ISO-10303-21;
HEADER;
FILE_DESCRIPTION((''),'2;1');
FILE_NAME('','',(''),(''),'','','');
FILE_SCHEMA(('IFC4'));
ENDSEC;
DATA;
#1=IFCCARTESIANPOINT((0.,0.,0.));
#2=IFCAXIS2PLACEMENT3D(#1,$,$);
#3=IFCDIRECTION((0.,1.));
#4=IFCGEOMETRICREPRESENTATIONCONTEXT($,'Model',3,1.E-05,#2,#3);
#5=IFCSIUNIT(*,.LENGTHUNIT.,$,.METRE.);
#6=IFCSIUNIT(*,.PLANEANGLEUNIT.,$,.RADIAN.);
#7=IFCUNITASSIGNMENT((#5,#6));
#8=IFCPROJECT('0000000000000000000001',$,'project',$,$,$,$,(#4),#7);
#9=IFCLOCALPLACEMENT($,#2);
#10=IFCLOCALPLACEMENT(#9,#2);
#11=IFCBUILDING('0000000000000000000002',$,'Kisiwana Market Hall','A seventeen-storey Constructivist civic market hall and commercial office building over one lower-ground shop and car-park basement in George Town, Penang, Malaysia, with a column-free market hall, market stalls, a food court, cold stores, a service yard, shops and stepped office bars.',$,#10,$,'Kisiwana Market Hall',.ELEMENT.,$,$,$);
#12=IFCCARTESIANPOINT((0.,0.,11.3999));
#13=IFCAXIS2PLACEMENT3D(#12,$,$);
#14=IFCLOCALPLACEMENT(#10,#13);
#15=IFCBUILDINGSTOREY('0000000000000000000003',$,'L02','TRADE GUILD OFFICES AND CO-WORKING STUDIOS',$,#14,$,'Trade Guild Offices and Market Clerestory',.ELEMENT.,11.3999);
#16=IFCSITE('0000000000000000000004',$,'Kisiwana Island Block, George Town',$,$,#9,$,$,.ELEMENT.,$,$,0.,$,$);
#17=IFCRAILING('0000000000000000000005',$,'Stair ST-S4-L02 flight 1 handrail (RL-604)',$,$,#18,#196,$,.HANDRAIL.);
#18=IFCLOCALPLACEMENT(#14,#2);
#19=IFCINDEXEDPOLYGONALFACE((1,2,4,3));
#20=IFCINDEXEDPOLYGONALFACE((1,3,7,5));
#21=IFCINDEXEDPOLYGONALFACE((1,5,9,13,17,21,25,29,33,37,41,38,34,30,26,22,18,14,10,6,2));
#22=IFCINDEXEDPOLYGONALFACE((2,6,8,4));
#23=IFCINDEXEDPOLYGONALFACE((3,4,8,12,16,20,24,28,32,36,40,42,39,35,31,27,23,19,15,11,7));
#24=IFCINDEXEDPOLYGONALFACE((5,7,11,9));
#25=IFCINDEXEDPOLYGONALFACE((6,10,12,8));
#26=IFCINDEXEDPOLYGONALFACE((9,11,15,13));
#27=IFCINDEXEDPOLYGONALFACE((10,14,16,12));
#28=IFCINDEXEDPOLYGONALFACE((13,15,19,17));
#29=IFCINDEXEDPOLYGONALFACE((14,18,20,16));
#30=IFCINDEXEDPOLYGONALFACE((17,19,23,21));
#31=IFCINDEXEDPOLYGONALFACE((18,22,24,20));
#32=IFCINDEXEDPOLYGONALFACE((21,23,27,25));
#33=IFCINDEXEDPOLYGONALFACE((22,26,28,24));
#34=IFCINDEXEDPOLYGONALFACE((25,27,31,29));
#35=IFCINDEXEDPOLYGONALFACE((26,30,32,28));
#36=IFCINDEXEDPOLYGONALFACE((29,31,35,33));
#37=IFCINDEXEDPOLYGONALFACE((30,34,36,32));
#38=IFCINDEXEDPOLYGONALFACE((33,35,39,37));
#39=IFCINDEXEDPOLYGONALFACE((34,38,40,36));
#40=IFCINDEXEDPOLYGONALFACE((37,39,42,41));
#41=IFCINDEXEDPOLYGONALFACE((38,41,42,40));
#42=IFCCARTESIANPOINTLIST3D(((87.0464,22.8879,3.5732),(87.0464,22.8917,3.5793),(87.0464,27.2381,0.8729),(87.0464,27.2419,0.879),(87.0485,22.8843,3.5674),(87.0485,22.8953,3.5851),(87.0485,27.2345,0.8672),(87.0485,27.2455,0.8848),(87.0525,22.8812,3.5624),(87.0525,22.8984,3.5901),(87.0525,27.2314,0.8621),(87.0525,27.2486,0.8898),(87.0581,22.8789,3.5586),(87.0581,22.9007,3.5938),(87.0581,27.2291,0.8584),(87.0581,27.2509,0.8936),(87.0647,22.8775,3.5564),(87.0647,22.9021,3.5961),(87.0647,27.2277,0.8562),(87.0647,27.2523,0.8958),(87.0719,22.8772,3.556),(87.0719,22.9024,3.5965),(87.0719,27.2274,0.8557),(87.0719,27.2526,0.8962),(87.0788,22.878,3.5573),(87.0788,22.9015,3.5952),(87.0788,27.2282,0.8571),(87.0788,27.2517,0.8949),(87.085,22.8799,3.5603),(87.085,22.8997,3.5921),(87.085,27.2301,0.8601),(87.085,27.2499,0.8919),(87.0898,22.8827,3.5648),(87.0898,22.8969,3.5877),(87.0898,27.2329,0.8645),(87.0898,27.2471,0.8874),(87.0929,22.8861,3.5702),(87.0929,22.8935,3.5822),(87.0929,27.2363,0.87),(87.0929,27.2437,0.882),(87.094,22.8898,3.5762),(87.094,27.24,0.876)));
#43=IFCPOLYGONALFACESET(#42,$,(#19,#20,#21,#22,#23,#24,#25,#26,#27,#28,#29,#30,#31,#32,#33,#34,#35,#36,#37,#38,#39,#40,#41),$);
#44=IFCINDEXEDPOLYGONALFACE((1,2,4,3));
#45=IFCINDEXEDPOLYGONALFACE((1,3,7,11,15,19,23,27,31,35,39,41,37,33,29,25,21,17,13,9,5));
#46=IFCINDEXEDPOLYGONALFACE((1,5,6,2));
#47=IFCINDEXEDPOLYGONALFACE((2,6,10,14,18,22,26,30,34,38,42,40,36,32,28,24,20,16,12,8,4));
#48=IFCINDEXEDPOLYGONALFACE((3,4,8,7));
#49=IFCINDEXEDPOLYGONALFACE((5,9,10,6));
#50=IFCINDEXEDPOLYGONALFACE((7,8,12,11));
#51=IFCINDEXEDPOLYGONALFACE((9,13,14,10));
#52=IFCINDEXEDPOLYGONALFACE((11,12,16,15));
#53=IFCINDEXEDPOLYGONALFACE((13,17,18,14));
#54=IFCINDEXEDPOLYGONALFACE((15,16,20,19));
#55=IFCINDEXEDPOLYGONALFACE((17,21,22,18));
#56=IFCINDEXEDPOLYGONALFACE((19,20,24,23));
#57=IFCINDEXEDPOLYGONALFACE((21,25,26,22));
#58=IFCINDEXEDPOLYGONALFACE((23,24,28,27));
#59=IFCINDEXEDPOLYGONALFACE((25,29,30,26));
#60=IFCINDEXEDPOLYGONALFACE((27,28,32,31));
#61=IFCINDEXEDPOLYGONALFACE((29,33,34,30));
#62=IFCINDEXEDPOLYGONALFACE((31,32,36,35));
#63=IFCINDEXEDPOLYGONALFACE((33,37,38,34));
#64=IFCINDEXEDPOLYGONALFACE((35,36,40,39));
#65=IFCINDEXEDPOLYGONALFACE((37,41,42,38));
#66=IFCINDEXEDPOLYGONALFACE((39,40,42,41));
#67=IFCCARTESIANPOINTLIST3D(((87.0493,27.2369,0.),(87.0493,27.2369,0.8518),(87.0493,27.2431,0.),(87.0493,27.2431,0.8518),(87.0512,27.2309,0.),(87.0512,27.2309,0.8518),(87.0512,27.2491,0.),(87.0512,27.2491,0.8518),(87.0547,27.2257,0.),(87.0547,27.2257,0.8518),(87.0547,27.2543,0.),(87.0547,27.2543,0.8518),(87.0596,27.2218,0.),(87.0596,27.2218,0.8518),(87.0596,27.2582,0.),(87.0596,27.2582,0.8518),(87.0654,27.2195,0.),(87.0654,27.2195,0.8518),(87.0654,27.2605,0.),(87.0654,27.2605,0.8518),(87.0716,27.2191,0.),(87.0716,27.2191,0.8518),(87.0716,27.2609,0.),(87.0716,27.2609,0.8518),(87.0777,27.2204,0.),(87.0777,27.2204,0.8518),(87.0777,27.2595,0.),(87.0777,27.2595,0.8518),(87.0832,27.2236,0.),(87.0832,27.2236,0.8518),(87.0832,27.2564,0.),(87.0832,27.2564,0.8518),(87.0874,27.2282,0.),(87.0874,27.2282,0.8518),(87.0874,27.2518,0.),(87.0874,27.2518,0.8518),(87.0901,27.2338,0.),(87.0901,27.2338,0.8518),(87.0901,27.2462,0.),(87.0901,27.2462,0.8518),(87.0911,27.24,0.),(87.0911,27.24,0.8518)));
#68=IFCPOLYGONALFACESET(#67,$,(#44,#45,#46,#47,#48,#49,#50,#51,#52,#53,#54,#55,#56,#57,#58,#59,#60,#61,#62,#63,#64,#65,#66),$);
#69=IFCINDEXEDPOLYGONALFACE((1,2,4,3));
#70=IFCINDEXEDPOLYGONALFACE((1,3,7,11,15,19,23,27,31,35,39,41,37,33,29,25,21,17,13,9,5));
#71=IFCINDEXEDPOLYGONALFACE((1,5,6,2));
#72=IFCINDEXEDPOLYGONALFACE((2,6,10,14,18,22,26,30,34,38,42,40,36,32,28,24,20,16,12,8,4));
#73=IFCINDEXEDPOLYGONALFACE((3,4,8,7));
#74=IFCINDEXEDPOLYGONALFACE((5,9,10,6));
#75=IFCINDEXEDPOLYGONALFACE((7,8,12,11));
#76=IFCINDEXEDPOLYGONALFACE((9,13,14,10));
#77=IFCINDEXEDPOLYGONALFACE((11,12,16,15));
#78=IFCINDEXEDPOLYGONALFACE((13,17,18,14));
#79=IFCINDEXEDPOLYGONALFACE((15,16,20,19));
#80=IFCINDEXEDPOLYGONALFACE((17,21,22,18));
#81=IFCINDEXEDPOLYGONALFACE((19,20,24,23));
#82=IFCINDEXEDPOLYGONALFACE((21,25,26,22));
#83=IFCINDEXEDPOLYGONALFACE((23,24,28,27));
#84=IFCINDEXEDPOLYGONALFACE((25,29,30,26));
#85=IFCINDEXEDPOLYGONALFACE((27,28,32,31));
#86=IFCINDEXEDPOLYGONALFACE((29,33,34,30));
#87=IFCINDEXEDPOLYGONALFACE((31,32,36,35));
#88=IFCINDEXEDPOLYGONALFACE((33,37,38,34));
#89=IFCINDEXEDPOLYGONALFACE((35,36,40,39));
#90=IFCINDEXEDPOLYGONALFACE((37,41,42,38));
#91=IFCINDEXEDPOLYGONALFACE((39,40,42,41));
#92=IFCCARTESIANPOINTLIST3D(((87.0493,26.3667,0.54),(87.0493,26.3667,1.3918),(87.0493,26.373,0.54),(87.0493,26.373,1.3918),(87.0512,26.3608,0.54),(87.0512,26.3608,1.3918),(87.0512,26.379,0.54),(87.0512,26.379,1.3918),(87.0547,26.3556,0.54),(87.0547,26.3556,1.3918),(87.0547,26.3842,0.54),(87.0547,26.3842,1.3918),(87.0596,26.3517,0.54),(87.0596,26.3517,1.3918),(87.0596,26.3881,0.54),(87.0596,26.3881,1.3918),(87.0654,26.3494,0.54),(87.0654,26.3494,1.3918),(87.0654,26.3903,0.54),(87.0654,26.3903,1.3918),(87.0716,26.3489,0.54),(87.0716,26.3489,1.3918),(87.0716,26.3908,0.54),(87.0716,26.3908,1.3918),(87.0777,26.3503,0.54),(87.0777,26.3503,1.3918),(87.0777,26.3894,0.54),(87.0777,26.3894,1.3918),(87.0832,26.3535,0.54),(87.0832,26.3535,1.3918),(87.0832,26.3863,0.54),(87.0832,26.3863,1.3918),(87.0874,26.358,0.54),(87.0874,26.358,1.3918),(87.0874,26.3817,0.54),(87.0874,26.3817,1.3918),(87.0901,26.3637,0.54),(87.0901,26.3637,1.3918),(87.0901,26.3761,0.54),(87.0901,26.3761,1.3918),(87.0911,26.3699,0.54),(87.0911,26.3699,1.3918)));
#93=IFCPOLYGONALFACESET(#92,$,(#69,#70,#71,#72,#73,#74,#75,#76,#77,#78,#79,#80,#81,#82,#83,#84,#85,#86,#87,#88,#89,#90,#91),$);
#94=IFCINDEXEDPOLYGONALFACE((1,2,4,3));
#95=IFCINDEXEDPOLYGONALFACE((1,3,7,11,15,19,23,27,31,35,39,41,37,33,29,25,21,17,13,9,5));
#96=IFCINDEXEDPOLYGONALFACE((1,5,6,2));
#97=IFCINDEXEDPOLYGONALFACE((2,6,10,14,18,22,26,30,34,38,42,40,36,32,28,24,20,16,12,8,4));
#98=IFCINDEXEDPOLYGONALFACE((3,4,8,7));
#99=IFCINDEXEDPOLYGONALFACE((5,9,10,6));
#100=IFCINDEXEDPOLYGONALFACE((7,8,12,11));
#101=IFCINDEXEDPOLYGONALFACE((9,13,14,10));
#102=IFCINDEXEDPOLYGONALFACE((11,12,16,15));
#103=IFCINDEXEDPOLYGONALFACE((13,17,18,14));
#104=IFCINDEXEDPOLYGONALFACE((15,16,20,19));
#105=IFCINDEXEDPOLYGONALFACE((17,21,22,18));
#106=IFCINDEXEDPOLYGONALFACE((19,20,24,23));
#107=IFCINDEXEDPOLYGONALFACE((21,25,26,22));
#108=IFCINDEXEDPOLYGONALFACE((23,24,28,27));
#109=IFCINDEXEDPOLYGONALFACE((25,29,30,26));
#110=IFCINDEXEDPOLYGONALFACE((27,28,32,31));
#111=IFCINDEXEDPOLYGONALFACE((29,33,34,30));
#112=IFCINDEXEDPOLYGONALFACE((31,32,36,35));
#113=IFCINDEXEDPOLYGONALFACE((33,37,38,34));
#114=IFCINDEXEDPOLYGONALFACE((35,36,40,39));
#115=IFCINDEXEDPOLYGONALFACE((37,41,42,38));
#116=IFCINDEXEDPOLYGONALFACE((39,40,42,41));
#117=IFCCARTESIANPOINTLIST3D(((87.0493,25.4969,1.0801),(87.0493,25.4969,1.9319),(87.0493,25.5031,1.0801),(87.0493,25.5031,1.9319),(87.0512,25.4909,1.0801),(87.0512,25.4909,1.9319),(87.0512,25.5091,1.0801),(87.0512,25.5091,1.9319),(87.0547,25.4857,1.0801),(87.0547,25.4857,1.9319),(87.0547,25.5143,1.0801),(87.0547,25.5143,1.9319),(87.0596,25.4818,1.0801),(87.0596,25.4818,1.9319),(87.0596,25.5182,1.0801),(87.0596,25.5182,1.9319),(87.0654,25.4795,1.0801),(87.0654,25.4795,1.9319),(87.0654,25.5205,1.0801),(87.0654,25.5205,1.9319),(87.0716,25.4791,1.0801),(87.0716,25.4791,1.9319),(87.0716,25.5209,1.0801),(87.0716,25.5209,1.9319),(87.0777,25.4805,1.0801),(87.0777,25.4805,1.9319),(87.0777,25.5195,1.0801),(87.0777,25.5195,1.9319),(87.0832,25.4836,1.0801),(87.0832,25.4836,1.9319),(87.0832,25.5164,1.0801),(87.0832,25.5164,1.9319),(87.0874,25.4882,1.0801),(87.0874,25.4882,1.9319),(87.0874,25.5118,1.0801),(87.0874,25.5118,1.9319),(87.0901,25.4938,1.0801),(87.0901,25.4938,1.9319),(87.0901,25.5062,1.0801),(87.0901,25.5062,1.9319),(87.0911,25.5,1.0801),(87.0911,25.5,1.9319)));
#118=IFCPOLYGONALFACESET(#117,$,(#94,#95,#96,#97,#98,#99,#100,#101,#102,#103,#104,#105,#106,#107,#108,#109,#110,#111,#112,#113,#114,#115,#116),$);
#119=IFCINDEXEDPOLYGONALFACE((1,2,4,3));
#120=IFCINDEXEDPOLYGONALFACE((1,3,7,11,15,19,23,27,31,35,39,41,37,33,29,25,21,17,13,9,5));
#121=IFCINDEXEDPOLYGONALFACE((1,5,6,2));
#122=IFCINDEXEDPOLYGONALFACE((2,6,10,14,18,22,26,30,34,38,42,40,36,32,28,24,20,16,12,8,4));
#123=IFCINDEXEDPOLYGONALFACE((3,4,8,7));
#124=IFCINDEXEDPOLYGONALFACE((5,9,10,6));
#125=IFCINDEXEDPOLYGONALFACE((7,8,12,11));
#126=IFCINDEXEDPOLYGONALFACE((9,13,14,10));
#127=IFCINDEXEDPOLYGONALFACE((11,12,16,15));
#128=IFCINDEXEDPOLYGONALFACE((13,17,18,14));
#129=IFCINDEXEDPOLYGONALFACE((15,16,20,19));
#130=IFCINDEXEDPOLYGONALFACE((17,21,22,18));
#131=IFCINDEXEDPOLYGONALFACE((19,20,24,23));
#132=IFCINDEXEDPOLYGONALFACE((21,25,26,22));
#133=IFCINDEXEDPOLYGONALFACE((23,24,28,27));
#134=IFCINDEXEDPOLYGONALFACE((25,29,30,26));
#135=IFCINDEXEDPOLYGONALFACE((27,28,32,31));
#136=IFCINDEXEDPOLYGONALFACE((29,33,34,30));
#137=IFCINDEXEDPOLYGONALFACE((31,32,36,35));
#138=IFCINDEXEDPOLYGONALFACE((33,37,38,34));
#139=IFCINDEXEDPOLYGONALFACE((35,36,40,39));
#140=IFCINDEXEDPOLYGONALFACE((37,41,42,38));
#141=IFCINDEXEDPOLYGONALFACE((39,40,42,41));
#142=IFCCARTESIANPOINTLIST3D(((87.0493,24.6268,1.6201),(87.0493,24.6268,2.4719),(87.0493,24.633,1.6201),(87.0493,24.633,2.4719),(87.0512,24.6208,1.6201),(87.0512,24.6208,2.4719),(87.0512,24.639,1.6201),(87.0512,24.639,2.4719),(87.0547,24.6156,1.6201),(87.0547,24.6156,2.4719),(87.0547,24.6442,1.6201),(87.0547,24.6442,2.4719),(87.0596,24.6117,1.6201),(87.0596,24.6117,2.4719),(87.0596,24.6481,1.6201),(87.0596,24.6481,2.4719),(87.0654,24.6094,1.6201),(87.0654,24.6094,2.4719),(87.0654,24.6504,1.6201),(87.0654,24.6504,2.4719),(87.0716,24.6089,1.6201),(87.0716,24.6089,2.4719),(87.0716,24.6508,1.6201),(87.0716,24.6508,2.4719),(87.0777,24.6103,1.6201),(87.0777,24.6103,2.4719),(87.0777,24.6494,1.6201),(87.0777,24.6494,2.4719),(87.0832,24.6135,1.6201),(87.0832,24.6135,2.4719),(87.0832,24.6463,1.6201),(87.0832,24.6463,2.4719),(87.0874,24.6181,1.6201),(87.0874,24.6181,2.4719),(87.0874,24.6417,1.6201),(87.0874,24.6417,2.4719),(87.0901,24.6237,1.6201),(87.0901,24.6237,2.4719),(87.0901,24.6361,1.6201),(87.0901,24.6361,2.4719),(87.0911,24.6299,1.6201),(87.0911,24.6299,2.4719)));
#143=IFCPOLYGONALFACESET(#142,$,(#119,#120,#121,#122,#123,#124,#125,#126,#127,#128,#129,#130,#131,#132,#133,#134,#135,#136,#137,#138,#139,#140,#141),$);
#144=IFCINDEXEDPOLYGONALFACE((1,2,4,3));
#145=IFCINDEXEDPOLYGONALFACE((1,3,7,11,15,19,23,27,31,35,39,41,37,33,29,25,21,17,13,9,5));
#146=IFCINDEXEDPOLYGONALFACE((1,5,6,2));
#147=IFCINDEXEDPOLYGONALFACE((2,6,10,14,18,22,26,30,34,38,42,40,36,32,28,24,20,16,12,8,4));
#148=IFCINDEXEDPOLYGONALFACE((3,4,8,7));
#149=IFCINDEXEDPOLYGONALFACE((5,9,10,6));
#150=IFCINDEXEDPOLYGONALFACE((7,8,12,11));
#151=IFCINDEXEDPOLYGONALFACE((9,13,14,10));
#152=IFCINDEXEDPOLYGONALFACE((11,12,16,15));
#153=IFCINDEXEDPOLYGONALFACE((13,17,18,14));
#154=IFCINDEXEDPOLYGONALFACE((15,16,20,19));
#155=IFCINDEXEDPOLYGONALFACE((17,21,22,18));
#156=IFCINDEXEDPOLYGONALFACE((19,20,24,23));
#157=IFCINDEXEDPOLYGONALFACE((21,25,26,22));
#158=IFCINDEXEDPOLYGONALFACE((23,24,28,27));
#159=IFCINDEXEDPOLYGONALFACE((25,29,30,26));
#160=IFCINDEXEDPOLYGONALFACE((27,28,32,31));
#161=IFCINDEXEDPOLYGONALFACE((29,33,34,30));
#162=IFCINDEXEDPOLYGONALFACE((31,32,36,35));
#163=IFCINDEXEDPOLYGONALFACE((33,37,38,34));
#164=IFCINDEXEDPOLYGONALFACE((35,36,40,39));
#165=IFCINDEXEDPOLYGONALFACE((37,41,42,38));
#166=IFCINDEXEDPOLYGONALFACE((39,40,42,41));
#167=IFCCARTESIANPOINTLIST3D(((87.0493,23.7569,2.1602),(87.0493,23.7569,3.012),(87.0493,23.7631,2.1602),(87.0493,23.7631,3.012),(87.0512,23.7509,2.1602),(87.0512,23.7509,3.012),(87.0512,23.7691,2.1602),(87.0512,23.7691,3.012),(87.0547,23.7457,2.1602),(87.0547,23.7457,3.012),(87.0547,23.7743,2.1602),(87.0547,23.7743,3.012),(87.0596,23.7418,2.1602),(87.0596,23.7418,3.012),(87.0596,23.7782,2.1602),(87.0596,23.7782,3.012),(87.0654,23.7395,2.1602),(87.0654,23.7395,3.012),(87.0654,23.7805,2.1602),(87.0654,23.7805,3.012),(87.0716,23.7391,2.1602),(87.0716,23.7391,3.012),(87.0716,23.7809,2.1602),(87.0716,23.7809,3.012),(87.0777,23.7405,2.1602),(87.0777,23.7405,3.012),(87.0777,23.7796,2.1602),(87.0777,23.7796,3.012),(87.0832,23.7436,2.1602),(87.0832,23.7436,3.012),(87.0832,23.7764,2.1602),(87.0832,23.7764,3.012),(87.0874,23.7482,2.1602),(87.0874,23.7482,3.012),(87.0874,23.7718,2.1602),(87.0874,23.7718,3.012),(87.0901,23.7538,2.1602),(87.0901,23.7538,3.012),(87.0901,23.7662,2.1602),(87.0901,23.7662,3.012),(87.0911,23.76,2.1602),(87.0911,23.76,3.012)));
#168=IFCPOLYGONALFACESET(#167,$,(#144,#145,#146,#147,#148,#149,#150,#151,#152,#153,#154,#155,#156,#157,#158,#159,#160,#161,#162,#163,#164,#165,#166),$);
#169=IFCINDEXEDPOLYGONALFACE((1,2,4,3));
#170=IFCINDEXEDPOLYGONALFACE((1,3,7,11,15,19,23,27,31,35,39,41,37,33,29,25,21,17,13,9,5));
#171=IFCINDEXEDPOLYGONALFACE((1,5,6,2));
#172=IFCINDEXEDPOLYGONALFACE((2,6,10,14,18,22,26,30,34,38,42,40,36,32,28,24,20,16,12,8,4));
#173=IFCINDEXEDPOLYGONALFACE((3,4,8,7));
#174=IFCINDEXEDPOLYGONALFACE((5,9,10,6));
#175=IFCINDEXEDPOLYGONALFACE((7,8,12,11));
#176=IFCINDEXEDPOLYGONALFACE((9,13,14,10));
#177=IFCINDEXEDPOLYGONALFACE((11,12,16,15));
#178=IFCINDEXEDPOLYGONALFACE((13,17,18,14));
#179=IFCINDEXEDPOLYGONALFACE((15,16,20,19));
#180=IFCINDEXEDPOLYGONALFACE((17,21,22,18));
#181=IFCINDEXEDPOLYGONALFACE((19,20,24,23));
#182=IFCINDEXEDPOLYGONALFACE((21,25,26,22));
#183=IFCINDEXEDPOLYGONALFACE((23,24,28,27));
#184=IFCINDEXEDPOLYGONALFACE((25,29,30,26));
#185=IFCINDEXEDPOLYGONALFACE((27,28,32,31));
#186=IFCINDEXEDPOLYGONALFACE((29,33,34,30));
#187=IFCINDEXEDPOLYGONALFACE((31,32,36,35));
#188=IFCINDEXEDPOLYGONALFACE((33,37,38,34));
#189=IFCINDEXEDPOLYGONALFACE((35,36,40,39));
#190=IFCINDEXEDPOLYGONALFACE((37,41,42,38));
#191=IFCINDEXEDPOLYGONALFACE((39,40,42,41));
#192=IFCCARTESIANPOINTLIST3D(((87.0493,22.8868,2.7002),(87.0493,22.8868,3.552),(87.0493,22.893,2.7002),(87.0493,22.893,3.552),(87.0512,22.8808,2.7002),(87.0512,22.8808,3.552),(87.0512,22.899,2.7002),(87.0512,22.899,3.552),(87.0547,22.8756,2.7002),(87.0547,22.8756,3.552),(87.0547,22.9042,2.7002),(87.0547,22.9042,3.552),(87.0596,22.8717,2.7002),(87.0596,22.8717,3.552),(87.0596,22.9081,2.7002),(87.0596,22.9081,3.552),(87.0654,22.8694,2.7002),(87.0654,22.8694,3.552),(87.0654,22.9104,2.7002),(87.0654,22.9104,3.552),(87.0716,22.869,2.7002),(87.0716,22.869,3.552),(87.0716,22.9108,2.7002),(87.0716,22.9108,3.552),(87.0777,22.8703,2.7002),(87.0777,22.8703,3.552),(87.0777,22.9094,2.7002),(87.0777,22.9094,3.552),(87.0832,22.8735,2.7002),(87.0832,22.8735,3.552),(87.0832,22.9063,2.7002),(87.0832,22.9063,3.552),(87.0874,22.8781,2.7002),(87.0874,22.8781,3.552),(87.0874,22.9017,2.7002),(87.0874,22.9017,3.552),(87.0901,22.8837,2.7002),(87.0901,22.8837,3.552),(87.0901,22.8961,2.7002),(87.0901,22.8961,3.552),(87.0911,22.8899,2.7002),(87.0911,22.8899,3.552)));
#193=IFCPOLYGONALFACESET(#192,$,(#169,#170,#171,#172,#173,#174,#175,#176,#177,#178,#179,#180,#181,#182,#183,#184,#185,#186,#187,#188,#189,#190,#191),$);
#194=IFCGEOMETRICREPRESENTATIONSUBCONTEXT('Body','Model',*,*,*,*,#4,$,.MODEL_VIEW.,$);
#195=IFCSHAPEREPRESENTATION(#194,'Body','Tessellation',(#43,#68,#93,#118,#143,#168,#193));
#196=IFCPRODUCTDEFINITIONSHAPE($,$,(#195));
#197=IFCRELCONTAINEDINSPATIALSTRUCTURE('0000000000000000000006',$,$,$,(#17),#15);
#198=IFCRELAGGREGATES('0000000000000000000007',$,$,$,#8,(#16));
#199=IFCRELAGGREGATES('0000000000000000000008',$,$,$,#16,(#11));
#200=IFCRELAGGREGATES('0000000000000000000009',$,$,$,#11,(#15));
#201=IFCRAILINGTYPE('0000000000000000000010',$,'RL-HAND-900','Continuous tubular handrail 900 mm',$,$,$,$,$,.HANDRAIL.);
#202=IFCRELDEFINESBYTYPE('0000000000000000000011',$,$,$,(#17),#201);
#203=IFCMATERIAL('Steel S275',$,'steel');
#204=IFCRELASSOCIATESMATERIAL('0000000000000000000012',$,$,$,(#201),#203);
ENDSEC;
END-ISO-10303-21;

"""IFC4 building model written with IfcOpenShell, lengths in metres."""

from ifc_helpers import new_model, si_unit, direction, frame, origin, origin_2d, place, context, subcontext, project, spatial, circle, extrude, material, type_object, element, save


model = new_model("IFC4")

# Units and contexts
model_context = context("Model", 3, precision=1e-05, world=origin(), true_north=direction((0.0, 1.0)))
body_context = subcontext(model_context, "Body", "Model", "MODEL_VIEW")
ifc_project = project(units=[si_unit("LENGTHUNIT", "METRE"), si_unit("PLANEANGLEUNIT", "RADIAN")], contexts=[model_context])

# Site, building, storey
site_placement = place(None, origin())
site = spatial("IfcSite", under=ifc_project, at=site_placement, Name="Kisiwana Island Block, George Town", CompositionType="ELEMENT", RefElevation=0.0)
building_placement = place(site_placement, origin())
building = spatial("IfcBuilding", under=site, at=building_placement, Name="Kisiwana Market Hall", Description="A seventeen-storey Constructivist civic market hall and commercial office building over one lower-ground shop and car-park basement in George Town, Penang, Malaysia, with a column-free market hall, market stalls, a food court, cold stores, a service yard, shops and stepped office bars.", LongName="Kisiwana Market Hall", CompositionType="ELEMENT")
storey_placement = place(building_placement, frame((0.0, 0.0, 11.3999)))
storey = spatial("IfcBuildingStorey", under=building, at=storey_placement, Name="L02", Description="TRADE GUILD OFFICES AND CO-WORKING STUDIOS", LongName="Trade Guild Offices and Market Clerestory", CompositionType="ELEMENT", Elevation=11.3999)

# Railing
ifc_material_1 = material(Name="Steel S275", Category="steel")
railing_type_1 = type_object("IfcRailingType", Name="RL-HAND-900", Description="Continuous tubular handrail 900 mm", PredefinedType="HANDRAIL", material=ifc_material_1)
for number, where, name in (
    (1, (87.0701, 27.24, 0.0), "Stair ST-S4-L02 flight 1 handrail (RL-604)"),
):
    element("IfcRailing", number, at=place(storey_placement, frame(where)), inside=storey, type_object=railing_type_1, Name=name, PredefinedType="HANDRAIL", context=body_context, shape_type="SweptSolid", body=[
        extrude(circle(Radius=0.0239, at=origin_2d()), frame((0.0, 0.0, 0.876), z_axis=(0.0, -0.849628, 0.527382), x_axis=(1.0, 0.0, 0.0)), (0.0, 0.0, 1.0), 5.1201),
        extrude(circle(Radius=0.021, at=origin_2d()), origin(), (0.0, 0.0, 1.0), 0.8518),
        extrude(circle(Radius=0.021, at=origin_2d()), frame((0.0, -0.8701, 0.54)), (0.0, 0.0, 1.0), 0.8518),
        extrude(circle(Radius=0.021, at=origin_2d()), frame((0.0, -1.74, 1.0801)), (0.0, 0.0, 1.0), 0.8518),
        extrude(circle(Radius=0.021, at=origin_2d()), frame((0.0, -2.6101, 1.6201)), (0.0, 0.0, 1.0), 0.8518),
        extrude(circle(Radius=0.021, at=origin_2d()), frame((0.0, -3.48, 2.1602)), (0.0, 0.0, 1.0), 0.8518),
        extrude(circle(Radius=0.021, at=origin_2d()), frame((0.0, -4.3501, 2.7002)), (0.0, 0.0, 1.0), 0.8518),
    ])

save(model, "model.ifc")
